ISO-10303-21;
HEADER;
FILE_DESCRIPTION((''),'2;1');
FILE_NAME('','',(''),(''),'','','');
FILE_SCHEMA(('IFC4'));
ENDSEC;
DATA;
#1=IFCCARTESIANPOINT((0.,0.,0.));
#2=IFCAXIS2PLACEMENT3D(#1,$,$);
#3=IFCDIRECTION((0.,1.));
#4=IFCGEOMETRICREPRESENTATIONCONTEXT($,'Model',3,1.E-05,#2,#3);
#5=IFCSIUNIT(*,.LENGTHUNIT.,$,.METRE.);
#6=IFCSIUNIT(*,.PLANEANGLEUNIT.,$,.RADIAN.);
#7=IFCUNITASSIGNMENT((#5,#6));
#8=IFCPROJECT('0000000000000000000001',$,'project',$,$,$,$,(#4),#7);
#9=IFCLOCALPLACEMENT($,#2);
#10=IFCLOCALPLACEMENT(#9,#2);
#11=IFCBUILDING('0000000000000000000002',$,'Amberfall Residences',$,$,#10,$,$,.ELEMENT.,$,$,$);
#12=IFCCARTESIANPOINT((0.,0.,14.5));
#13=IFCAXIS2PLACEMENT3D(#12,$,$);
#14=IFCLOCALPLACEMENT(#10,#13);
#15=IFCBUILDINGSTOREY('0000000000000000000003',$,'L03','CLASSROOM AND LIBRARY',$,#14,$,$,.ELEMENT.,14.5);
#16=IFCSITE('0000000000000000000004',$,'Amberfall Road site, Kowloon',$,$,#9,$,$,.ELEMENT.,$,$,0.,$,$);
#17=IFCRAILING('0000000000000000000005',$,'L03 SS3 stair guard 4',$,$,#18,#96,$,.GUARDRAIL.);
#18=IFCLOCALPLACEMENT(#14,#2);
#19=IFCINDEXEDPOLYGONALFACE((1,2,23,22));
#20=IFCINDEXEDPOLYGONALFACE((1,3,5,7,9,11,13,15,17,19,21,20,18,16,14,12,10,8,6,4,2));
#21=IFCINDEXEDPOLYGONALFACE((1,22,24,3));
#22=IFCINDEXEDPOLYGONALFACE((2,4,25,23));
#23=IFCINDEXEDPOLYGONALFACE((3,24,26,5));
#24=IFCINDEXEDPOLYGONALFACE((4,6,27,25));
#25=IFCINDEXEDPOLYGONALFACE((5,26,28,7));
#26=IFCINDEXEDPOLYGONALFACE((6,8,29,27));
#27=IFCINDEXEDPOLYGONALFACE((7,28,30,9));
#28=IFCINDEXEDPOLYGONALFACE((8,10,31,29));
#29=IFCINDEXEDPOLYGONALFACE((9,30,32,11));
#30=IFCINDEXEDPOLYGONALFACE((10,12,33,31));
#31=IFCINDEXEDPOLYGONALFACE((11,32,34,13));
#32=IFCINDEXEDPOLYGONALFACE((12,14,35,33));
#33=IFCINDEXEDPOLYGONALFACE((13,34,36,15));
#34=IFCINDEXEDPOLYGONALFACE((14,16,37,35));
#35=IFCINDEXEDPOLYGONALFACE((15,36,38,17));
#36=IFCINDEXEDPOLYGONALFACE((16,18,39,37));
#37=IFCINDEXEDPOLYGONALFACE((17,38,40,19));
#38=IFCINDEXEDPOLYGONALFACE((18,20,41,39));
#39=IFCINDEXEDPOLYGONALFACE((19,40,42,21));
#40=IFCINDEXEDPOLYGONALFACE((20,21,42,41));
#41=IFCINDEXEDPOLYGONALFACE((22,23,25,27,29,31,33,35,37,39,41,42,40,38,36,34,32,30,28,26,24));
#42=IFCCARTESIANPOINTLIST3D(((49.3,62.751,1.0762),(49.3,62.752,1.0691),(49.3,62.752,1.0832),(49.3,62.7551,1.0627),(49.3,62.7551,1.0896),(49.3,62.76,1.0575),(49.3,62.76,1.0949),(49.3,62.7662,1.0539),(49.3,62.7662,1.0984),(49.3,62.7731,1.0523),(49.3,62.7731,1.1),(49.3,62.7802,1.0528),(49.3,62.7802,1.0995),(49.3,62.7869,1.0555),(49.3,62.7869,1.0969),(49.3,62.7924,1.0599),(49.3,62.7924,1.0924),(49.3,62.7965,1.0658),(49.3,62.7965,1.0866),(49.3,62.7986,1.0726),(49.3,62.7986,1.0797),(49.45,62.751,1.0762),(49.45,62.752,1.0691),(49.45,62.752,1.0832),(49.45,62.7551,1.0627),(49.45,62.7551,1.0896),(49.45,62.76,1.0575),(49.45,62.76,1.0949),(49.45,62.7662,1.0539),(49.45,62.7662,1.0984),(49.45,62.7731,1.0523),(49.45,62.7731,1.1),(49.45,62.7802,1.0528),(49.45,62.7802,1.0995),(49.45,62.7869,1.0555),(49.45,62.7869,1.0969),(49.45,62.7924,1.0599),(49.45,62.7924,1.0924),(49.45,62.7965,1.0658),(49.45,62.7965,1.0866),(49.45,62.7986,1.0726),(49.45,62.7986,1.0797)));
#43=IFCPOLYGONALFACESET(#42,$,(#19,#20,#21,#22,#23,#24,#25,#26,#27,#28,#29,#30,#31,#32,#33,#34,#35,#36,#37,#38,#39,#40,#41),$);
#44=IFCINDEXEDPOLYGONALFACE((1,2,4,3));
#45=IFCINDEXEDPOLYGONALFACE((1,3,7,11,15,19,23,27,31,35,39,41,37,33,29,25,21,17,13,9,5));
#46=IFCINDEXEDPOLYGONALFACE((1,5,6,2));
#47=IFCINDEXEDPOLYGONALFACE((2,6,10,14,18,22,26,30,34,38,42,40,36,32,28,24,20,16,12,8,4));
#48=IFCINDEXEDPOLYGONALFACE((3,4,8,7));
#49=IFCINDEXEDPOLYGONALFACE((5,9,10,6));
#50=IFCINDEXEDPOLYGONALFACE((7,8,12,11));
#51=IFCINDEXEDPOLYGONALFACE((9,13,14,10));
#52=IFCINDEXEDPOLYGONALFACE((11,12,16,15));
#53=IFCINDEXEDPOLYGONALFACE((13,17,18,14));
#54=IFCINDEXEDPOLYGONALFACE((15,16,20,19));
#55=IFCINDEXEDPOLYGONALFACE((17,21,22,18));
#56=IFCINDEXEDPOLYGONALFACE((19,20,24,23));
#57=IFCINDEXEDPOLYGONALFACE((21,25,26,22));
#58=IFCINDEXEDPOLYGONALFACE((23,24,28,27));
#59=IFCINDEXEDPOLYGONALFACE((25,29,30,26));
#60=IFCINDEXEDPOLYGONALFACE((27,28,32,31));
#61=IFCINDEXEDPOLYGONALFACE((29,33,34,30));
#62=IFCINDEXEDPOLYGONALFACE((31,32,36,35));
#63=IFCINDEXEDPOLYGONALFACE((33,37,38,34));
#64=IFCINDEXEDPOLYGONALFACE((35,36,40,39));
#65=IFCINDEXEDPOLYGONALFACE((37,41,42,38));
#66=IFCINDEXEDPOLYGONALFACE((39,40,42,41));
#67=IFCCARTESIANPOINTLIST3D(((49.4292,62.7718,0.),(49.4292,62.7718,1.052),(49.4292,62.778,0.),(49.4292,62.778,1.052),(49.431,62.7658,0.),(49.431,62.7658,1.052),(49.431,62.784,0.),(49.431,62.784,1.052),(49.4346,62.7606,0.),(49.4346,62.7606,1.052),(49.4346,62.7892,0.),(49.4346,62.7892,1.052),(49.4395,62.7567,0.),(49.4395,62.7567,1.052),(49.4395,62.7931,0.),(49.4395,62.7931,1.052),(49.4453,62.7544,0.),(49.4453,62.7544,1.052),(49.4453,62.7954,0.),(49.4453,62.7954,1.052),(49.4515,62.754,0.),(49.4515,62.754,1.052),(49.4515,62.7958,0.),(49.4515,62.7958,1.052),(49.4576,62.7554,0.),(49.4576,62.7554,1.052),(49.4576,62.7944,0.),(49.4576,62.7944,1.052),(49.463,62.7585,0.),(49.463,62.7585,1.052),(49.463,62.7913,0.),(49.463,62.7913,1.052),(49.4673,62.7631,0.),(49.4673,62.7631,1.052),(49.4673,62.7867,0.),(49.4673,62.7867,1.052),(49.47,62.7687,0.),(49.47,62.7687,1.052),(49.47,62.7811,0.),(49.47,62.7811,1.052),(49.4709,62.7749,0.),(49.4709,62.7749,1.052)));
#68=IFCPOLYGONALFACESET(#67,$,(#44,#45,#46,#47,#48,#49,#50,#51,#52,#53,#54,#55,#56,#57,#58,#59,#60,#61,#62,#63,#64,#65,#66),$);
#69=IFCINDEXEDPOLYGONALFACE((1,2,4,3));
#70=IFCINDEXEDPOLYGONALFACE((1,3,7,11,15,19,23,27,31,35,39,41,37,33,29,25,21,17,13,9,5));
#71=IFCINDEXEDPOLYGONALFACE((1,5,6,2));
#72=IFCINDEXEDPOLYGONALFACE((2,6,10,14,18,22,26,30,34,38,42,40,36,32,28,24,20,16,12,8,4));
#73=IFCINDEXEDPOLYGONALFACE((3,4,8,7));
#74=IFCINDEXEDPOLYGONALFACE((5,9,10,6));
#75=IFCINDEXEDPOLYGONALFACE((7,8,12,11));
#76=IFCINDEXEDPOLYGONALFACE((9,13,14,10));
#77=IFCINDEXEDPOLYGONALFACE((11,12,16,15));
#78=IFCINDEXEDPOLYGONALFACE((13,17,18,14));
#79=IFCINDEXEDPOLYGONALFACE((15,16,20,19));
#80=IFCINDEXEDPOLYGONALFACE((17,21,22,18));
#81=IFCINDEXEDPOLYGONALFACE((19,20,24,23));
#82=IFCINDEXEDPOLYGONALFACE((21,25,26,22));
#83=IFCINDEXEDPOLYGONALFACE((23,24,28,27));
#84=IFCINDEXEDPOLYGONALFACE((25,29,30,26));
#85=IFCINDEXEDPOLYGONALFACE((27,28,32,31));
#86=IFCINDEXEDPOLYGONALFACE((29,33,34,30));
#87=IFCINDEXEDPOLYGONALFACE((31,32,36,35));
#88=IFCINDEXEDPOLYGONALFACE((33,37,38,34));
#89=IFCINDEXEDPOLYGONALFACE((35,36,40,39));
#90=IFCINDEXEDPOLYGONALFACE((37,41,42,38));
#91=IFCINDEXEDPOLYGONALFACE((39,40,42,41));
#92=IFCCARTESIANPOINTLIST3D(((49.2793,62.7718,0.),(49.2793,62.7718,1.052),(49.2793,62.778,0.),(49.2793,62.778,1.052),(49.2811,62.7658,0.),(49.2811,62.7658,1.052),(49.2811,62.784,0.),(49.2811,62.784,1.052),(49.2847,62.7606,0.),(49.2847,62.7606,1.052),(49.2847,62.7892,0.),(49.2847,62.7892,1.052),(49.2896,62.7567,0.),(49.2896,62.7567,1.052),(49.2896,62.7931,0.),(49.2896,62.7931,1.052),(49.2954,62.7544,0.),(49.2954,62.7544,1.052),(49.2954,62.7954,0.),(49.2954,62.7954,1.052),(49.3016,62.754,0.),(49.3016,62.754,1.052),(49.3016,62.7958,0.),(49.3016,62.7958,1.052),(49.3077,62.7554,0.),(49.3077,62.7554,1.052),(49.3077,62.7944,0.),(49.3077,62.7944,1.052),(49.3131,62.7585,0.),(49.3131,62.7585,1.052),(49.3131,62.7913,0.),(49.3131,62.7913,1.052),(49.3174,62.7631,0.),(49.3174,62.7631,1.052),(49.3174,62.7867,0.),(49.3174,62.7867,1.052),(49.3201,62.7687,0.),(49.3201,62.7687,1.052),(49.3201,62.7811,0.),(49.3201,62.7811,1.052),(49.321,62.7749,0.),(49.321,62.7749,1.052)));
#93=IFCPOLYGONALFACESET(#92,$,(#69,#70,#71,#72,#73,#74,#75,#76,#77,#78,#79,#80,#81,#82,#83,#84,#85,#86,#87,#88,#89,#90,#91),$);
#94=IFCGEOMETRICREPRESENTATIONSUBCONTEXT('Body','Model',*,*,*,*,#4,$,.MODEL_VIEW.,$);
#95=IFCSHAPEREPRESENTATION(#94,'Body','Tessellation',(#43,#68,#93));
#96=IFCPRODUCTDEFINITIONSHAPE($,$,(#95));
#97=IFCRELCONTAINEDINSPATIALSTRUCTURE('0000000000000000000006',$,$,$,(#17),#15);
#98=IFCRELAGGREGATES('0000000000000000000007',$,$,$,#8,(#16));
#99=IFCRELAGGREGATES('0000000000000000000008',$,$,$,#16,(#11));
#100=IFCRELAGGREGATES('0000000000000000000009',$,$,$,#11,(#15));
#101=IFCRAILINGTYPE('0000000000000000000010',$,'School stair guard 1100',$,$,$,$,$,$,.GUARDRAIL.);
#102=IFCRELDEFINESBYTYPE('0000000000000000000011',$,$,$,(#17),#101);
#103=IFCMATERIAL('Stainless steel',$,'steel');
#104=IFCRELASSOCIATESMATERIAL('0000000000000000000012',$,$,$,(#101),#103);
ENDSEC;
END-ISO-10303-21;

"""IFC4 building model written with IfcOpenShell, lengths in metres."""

from ifc_helpers import new_model, si_unit, direction, frame, origin, origin_2d, place, context, subcontext, project, spatial, circle, extrude, material, type_object, element, save


model = new_model("IFC4")

# Units and contexts
model_context = context("Model", 3, precision=1e-05, world=origin(), true_north=direction((0.0, 1.0)))
body_context = subcontext(model_context, "Body", "Model", "MODEL_VIEW")
ifc_project = project(units=[si_unit("LENGTHUNIT", "METRE"), si_unit("PLANEANGLEUNIT", "RADIAN")], contexts=[model_context])

# Site, building, storey
site_placement = place(None, origin())
site = spatial("IfcSite", under=ifc_project, at=site_placement, Name="Amberfall Road site, Kowloon", CompositionType="ELEMENT", RefElevation=0.0)
building_placement = place(site_placement, origin())
building = spatial("IfcBuilding", under=site, at=building_placement, Name="Amberfall Residences", CompositionType="ELEMENT")
storey_placement = place(building_placement, frame((0.0, 0.0, 14.5)))
storey = spatial("IfcBuildingStorey", under=building, at=storey_placement, Name="L03", Description="CLASSROOM AND LIBRARY", CompositionType="ELEMENT", Elevation=14.5)

# Railing
ifc_material_1 = material(Name="Stainless steel", Category="steel")
railing_type_1 = type_object("IfcRailingType", Name="School stair guard 1100", PredefinedType="GUARDRAIL", material=ifc_material_1)
railing_1_placement = place(storey_placement, frame((49.45, 62.7749, 0.0)))
element("IfcRailing", 1, at=railing_1_placement, inside=storey, type_object=railing_type_1, Name="L03 SS3 stair guard 4", PredefinedType="GUARDRAIL", context=body_context, shape_type="SweptSolid", body=[
    extrude(circle(Radius=0.0239, at=origin_2d()), frame((0.0, 0.0, 1.0762), z_axis=(-1.0, 0.0, 0.0), x_axis=(0.0, -1.0, 0.0)), (0.0, 0.0, 1.0), 0.1499),
    extrude(circle(Radius=0.021, at=origin_2d()), origin(), (0.0, 0.0, 1.0), 1.052),
    extrude(circle(Radius=0.021, at=origin_2d()), frame((-0.1499, 0.0, 0.0)), (0.0, 0.0, 1.0), 1.052),
])

save(model, "model.ifc")
